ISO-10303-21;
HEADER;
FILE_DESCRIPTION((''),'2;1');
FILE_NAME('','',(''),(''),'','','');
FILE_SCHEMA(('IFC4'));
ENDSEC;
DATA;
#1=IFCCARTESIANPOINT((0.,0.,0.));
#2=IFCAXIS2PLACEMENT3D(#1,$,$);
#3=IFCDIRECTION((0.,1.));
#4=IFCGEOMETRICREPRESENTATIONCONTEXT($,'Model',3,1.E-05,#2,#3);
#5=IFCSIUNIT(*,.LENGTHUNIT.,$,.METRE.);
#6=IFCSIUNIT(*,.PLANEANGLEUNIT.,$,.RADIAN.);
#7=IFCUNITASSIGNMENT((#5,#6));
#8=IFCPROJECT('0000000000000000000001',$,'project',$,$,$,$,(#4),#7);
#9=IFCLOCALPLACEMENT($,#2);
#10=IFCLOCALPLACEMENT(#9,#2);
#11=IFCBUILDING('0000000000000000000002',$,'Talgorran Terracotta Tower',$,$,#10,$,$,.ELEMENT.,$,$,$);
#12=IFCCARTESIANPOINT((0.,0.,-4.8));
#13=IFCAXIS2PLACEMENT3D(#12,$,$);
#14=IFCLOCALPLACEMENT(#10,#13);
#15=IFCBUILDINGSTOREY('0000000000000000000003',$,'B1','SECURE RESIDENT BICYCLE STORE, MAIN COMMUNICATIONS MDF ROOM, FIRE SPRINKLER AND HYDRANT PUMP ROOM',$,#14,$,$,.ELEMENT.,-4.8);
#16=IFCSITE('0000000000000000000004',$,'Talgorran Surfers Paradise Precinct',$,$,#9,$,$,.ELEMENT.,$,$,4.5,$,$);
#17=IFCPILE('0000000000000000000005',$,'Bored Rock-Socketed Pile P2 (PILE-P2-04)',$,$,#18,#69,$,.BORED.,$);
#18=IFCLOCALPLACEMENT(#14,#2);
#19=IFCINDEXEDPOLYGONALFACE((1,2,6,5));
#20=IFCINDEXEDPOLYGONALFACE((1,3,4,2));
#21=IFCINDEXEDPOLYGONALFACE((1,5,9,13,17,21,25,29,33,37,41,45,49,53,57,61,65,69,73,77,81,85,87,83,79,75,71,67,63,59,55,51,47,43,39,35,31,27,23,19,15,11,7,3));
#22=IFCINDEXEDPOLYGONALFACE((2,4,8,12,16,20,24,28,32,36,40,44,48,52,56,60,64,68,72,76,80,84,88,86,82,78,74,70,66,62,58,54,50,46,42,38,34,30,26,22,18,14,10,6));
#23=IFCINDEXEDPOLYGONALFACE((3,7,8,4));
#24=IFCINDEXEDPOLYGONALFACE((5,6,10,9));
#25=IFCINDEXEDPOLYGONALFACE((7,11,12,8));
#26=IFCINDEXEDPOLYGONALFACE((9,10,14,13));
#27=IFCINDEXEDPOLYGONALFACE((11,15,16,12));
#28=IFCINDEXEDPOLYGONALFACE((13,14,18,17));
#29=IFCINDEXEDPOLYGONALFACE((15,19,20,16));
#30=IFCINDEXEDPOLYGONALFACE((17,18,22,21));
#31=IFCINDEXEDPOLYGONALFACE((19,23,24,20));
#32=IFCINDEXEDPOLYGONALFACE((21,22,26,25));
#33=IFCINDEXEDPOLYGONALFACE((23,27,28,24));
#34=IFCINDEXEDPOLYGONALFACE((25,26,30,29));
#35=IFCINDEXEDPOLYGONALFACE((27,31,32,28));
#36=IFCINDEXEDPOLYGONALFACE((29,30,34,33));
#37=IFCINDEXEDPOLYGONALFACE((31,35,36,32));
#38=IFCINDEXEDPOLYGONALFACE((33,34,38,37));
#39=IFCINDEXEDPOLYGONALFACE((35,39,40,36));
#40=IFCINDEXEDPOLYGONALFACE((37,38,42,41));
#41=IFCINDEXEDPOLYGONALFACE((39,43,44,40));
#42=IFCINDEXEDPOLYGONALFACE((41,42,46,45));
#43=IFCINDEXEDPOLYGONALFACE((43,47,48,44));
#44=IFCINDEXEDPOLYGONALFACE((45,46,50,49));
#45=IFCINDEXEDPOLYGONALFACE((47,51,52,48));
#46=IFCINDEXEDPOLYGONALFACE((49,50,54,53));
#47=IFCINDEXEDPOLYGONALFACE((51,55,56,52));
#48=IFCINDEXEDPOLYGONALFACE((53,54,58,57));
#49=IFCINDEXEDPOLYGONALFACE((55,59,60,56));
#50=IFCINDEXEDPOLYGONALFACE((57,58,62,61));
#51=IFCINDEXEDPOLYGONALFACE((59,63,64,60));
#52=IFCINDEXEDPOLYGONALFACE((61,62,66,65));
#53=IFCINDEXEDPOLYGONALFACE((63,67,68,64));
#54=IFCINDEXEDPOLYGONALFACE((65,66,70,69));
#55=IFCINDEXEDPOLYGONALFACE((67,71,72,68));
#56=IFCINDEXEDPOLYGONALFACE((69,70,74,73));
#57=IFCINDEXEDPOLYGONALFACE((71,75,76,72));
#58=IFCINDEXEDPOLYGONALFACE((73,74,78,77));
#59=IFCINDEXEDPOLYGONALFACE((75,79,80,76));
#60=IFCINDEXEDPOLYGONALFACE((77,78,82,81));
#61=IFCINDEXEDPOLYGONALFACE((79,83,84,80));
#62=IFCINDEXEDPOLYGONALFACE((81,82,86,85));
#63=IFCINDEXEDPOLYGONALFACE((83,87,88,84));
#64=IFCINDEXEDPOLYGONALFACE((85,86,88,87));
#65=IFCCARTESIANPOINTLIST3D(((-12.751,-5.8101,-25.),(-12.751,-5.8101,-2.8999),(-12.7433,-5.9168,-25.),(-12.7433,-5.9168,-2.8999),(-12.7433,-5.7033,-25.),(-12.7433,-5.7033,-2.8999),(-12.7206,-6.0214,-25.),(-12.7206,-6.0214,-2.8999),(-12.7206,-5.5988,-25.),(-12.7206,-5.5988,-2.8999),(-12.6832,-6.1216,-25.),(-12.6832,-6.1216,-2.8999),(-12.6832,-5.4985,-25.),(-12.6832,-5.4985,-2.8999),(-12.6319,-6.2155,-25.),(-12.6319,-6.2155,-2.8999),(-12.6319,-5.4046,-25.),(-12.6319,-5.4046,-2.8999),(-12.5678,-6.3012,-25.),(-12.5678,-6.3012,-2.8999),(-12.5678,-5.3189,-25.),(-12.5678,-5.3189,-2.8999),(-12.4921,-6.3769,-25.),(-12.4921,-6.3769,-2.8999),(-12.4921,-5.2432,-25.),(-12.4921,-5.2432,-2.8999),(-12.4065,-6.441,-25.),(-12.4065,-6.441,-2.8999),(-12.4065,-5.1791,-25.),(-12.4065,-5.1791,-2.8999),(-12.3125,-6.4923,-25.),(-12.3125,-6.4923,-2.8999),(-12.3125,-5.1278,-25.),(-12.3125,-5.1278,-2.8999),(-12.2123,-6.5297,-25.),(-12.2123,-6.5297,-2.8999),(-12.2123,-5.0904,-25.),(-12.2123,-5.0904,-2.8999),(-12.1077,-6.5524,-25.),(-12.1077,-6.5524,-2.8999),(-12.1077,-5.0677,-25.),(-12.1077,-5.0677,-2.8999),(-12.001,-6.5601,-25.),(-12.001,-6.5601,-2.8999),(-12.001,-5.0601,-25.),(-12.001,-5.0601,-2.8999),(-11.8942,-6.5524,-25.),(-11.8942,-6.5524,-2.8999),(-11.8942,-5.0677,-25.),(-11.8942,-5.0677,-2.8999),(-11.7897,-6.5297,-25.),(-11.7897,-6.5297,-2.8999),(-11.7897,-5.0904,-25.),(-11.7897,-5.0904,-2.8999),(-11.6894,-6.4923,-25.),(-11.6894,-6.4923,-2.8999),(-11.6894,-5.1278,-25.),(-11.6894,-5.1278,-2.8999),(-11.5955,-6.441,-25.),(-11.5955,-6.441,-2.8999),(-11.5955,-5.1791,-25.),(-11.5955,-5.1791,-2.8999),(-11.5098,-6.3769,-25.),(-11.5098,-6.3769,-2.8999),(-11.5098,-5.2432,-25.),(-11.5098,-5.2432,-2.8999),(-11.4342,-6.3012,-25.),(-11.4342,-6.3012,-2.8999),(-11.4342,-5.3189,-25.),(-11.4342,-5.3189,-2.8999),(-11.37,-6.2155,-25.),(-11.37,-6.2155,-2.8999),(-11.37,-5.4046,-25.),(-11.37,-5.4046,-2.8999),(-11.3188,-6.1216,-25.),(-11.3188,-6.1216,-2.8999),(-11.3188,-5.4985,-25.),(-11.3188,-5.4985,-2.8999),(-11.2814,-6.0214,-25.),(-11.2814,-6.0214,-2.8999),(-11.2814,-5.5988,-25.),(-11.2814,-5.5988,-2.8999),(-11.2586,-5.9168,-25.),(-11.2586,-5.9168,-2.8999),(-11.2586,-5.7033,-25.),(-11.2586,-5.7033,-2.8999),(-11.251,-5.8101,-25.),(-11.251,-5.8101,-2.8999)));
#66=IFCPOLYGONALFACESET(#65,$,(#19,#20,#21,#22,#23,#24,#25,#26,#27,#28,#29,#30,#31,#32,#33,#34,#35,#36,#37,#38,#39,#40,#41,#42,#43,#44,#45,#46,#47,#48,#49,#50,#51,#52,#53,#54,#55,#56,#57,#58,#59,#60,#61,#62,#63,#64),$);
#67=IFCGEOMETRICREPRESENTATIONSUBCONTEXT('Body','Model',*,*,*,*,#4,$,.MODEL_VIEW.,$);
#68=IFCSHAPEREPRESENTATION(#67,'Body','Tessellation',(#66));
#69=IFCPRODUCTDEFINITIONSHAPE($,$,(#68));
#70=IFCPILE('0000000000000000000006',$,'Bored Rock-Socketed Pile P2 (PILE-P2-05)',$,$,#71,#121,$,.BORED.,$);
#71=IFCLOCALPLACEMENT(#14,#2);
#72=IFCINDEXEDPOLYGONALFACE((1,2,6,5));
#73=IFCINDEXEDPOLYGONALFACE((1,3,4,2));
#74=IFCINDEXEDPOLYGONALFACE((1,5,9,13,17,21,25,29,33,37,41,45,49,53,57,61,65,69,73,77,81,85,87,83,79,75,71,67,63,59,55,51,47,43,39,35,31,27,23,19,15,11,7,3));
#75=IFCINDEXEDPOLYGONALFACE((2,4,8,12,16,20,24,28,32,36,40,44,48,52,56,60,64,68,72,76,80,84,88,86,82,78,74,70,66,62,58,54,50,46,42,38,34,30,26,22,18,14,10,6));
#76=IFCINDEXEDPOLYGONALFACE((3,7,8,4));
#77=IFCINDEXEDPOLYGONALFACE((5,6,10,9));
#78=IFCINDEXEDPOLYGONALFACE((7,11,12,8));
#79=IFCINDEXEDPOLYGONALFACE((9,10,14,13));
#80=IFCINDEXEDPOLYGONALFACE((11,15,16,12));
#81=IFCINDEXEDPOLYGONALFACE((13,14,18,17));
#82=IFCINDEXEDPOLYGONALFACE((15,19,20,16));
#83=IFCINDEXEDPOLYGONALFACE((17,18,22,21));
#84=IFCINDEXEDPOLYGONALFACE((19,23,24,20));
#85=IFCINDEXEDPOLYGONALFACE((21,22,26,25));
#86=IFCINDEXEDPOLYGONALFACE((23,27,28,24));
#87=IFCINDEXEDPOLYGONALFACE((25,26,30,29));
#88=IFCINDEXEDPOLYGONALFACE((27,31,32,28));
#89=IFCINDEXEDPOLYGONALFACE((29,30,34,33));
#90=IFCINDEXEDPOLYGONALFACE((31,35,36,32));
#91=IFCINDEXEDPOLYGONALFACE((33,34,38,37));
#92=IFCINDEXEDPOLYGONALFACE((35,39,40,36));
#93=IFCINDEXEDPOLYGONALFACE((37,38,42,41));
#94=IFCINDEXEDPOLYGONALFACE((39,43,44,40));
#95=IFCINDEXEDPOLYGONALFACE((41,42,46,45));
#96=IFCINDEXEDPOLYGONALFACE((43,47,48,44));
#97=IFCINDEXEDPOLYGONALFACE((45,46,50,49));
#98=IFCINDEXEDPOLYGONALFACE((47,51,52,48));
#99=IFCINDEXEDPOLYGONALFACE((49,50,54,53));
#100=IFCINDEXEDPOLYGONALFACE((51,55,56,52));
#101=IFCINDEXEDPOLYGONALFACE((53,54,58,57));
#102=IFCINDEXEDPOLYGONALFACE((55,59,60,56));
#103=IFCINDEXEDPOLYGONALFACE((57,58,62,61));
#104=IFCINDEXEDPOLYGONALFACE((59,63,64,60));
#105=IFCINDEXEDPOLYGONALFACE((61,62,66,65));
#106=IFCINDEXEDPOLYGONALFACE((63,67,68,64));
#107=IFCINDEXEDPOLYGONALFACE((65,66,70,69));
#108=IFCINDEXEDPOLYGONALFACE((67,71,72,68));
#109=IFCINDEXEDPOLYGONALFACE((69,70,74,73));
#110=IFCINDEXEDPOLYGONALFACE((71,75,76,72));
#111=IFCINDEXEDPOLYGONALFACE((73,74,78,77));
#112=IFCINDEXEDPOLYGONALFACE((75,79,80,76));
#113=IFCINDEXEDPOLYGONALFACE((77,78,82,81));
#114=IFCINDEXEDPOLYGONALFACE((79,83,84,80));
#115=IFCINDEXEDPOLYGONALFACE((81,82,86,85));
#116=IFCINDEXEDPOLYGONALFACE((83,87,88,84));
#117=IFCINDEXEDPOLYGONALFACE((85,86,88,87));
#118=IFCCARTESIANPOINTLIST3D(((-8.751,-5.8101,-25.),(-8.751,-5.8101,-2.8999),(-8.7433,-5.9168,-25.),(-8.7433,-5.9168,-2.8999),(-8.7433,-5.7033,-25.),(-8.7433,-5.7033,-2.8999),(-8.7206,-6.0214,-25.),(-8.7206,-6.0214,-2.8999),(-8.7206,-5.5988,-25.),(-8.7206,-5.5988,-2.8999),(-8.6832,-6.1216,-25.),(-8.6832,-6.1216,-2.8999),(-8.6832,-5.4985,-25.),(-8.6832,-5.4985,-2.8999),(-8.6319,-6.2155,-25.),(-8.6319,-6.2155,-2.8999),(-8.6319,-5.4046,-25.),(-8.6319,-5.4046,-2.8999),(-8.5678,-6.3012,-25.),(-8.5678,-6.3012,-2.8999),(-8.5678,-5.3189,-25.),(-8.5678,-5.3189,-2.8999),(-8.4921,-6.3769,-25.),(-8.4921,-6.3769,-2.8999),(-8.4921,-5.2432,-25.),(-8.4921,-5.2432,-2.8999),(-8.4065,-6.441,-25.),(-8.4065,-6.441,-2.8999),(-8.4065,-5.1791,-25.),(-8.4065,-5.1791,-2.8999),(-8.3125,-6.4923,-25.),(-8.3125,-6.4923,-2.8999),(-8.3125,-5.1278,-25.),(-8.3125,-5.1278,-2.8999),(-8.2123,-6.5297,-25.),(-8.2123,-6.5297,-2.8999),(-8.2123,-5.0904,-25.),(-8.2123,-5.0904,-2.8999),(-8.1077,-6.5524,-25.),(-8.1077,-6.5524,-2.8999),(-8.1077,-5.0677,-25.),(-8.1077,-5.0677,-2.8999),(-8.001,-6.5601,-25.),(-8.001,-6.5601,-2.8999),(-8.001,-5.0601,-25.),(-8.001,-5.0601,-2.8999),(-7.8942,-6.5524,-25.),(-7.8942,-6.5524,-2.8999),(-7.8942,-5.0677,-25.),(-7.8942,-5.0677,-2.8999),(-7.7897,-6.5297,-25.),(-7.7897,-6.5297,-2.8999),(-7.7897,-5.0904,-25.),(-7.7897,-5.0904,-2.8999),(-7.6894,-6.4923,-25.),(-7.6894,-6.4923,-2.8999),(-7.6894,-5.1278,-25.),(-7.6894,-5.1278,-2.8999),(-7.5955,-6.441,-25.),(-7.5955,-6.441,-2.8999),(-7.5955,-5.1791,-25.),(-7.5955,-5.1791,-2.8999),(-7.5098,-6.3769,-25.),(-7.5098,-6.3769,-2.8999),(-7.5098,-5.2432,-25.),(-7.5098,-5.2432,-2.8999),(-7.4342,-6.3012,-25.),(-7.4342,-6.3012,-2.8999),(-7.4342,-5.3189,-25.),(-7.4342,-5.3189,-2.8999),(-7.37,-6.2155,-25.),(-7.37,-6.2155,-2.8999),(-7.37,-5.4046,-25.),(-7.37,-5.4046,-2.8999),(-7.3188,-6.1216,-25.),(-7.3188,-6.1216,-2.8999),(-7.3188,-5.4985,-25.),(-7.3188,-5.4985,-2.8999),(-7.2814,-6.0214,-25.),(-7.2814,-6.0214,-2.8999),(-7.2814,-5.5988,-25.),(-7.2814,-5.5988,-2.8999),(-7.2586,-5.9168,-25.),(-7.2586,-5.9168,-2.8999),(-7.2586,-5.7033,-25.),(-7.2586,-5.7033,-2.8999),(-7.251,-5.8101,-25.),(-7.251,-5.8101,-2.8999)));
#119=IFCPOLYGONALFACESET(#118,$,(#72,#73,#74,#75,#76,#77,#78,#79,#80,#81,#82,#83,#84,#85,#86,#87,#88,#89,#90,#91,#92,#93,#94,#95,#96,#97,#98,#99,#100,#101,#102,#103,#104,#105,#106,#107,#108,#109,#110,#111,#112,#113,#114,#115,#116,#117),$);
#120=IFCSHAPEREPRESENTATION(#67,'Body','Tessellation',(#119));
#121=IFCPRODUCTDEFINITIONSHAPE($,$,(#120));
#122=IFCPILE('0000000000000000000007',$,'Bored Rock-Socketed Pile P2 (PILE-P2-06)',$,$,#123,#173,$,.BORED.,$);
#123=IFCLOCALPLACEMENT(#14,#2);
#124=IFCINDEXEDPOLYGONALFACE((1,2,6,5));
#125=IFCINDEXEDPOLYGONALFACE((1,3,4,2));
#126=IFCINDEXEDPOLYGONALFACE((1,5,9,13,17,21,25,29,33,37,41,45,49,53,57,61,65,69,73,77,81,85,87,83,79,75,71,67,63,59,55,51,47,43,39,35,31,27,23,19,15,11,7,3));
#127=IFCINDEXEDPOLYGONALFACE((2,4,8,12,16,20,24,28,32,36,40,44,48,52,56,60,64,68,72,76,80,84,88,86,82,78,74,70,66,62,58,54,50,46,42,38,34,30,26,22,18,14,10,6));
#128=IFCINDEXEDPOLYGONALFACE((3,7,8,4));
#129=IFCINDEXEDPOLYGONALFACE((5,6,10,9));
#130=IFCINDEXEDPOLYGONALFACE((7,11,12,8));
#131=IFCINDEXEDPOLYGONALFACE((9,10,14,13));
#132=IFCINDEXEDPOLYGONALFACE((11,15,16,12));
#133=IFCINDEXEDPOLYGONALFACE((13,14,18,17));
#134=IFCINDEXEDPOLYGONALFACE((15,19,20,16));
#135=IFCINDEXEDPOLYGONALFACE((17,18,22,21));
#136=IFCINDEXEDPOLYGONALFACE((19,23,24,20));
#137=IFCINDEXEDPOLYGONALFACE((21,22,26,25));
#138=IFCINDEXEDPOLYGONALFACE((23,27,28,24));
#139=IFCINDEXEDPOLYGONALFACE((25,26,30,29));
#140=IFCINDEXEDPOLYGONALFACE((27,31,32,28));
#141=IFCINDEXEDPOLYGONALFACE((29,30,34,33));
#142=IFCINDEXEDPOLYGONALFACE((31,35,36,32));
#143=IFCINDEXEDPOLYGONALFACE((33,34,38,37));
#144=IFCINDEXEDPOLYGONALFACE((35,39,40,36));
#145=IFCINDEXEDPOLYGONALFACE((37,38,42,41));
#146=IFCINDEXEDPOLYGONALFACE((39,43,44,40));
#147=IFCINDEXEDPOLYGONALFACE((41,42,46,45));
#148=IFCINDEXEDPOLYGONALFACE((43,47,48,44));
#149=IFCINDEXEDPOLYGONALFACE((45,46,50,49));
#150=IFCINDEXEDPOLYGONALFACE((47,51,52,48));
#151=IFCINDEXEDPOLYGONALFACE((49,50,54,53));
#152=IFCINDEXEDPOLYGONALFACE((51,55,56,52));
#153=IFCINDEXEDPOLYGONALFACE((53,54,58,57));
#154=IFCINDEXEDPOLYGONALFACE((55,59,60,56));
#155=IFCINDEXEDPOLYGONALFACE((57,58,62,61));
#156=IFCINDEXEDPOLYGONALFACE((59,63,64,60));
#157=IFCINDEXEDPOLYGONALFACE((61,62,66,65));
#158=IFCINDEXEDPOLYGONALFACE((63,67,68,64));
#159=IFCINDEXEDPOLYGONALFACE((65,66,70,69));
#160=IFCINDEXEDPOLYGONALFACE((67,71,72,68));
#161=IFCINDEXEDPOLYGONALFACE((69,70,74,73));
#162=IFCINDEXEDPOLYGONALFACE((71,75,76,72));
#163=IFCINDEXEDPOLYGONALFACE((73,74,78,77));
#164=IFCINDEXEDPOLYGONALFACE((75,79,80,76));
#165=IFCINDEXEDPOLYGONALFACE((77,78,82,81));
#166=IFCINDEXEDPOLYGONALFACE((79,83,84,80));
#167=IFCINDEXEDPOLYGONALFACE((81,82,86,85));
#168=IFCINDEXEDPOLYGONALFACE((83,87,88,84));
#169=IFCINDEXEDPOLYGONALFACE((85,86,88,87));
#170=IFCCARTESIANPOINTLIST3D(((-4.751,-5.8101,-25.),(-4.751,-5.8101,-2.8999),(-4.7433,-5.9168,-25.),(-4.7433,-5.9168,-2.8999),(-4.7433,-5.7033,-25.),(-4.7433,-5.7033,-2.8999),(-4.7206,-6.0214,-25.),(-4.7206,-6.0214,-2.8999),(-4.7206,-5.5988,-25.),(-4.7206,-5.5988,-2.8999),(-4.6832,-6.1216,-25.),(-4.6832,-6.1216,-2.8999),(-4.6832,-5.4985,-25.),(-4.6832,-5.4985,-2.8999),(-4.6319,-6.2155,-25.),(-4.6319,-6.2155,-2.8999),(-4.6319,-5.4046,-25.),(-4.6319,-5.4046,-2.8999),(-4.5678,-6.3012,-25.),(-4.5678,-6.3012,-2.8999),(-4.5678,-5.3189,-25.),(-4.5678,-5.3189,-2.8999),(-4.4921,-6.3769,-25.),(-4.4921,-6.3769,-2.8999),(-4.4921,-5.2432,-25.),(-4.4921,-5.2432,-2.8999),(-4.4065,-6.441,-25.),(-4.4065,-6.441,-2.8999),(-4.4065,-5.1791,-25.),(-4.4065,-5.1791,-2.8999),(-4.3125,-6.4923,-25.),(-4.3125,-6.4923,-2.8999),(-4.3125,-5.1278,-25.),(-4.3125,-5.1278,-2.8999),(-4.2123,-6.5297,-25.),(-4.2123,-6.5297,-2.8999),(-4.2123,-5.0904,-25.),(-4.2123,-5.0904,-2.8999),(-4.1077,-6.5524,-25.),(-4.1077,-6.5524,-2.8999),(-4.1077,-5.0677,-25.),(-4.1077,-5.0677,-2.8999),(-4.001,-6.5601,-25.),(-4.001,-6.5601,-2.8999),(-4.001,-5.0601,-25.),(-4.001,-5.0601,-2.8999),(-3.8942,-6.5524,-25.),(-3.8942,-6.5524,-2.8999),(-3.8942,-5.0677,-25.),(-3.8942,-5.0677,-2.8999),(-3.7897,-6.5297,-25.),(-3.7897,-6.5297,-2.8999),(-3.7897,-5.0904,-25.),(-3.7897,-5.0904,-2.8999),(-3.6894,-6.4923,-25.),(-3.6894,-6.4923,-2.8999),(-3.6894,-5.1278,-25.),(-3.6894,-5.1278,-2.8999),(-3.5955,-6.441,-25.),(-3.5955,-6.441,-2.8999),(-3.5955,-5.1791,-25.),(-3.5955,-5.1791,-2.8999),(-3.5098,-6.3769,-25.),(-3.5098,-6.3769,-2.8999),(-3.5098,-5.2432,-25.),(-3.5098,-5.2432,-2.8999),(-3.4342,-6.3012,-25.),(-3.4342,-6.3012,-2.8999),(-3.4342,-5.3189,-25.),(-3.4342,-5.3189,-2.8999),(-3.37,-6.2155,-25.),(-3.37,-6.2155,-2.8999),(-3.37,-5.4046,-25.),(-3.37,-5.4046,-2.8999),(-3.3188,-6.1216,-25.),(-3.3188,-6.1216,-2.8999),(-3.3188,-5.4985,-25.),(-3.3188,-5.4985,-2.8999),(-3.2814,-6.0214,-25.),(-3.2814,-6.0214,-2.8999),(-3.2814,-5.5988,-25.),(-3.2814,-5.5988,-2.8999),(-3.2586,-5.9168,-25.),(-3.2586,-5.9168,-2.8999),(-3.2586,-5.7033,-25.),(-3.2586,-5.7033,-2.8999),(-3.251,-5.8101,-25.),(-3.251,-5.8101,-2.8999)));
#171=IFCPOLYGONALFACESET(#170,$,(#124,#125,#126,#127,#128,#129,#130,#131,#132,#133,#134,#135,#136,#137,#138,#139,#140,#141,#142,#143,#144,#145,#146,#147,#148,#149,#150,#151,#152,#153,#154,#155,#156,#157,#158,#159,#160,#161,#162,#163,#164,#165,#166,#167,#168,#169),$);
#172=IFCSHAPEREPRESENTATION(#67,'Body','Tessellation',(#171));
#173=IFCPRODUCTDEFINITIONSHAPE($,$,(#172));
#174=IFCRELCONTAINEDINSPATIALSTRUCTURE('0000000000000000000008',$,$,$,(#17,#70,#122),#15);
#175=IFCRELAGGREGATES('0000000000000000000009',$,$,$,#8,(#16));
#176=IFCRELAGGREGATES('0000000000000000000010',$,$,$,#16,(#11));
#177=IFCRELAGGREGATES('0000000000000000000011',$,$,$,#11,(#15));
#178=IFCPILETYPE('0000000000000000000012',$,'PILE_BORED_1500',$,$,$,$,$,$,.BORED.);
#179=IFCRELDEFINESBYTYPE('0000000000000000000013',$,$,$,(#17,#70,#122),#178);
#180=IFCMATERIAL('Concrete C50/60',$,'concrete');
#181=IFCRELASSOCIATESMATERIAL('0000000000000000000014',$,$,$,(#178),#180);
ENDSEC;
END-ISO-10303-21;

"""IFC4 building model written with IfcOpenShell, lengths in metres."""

from ifc_helpers import new_model, si_unit, direction, frame, origin, origin_2d, place, context, subcontext, project, spatial, circle, extrude, material, material_profile, profile_set, type_object, element, save


model = new_model("IFC4")

# Units and contexts
model_context = context("Model", 3, precision=1e-05, world=origin(), true_north=direction((0.0, 1.0)))
body_context = subcontext(model_context, "Body", "Model", "MODEL_VIEW")
ifc_project = project(units=[si_unit("LENGTHUNIT", "METRE"), si_unit("PLANEANGLEUNIT", "RADIAN")], contexts=[model_context])

# Site, building, storey
site_placement = place(None, origin())
site = spatial("IfcSite", under=ifc_project, at=site_placement, Name="Talgorran Surfers Paradise Precinct", CompositionType="ELEMENT", RefElevation=4.5)
building_placement = place(site_placement, origin())
building = spatial("IfcBuilding", under=site, at=building_placement, Name="Talgorran Terracotta Tower", CompositionType="ELEMENT")
storey_placement = place(building_placement, frame((0.0, 0.0, -4.8)))
storey = spatial("IfcBuildingStorey", under=building, at=storey_placement, Name="B1", Description="SECURE RESIDENT BICYCLE STORE, MAIN COMMUNICATIONS MDF ROOM, FIRE SPRINKLER AND HYDRANT PUMP ROOM", CompositionType="ELEMENT", Elevation=-4.8)

# Piles
ifc_material_1 = material(Name="Concrete C50/60", Category="concrete")
ifc_material_profile_1 = material_profile(ifc_material_1, circle(Radius=0.75, at=origin_2d()), Name="PILE1500")
ifc_profile_set_1 = profile_set([ifc_material_profile_1], Name="Concrete C50/60")
pile_type_1 = type_object("IfcPileType", Name="PILE_BORED_1500", PredefinedType="BORED", material=ifc_profile_set_1)
for number, where, z_axis, x_axis, name in (
    (1, (-12.001, -5.8101, -2.8999), (0.0, 0.0, -1.0), (1.0, 0.0, 0.0), "Bored Rock-Socketed Pile P2 (PILE-P2-04)"),
    (2, (-8.001, -5.8101, -2.8999), (0.0, 0.0, -1.0), (1.0, 0.0, 0.0), "Bored Rock-Socketed Pile P2 (PILE-P2-05)"),
    (3, (-4.001, -5.8101, -2.8999), (0.0, 0.0, -1.0), (1.0, 0.0, 0.0), "Bored Rock-Socketed Pile P2 (PILE-P2-06)"),
):
    element("IfcPile", number, at=place(storey_placement, frame(where, z_axis=z_axis, x_axis=x_axis)), inside=storey, type_object=pile_type_1, Name=name, PredefinedType="BORED", context=body_context, shape_type="SweptSolid", body=[
        extrude(circle(Radius=0.75, at=origin_2d()), origin(), (0.0, 0.0, 1.0), 22.1001),
    ])

save(model, "model.ifc")
